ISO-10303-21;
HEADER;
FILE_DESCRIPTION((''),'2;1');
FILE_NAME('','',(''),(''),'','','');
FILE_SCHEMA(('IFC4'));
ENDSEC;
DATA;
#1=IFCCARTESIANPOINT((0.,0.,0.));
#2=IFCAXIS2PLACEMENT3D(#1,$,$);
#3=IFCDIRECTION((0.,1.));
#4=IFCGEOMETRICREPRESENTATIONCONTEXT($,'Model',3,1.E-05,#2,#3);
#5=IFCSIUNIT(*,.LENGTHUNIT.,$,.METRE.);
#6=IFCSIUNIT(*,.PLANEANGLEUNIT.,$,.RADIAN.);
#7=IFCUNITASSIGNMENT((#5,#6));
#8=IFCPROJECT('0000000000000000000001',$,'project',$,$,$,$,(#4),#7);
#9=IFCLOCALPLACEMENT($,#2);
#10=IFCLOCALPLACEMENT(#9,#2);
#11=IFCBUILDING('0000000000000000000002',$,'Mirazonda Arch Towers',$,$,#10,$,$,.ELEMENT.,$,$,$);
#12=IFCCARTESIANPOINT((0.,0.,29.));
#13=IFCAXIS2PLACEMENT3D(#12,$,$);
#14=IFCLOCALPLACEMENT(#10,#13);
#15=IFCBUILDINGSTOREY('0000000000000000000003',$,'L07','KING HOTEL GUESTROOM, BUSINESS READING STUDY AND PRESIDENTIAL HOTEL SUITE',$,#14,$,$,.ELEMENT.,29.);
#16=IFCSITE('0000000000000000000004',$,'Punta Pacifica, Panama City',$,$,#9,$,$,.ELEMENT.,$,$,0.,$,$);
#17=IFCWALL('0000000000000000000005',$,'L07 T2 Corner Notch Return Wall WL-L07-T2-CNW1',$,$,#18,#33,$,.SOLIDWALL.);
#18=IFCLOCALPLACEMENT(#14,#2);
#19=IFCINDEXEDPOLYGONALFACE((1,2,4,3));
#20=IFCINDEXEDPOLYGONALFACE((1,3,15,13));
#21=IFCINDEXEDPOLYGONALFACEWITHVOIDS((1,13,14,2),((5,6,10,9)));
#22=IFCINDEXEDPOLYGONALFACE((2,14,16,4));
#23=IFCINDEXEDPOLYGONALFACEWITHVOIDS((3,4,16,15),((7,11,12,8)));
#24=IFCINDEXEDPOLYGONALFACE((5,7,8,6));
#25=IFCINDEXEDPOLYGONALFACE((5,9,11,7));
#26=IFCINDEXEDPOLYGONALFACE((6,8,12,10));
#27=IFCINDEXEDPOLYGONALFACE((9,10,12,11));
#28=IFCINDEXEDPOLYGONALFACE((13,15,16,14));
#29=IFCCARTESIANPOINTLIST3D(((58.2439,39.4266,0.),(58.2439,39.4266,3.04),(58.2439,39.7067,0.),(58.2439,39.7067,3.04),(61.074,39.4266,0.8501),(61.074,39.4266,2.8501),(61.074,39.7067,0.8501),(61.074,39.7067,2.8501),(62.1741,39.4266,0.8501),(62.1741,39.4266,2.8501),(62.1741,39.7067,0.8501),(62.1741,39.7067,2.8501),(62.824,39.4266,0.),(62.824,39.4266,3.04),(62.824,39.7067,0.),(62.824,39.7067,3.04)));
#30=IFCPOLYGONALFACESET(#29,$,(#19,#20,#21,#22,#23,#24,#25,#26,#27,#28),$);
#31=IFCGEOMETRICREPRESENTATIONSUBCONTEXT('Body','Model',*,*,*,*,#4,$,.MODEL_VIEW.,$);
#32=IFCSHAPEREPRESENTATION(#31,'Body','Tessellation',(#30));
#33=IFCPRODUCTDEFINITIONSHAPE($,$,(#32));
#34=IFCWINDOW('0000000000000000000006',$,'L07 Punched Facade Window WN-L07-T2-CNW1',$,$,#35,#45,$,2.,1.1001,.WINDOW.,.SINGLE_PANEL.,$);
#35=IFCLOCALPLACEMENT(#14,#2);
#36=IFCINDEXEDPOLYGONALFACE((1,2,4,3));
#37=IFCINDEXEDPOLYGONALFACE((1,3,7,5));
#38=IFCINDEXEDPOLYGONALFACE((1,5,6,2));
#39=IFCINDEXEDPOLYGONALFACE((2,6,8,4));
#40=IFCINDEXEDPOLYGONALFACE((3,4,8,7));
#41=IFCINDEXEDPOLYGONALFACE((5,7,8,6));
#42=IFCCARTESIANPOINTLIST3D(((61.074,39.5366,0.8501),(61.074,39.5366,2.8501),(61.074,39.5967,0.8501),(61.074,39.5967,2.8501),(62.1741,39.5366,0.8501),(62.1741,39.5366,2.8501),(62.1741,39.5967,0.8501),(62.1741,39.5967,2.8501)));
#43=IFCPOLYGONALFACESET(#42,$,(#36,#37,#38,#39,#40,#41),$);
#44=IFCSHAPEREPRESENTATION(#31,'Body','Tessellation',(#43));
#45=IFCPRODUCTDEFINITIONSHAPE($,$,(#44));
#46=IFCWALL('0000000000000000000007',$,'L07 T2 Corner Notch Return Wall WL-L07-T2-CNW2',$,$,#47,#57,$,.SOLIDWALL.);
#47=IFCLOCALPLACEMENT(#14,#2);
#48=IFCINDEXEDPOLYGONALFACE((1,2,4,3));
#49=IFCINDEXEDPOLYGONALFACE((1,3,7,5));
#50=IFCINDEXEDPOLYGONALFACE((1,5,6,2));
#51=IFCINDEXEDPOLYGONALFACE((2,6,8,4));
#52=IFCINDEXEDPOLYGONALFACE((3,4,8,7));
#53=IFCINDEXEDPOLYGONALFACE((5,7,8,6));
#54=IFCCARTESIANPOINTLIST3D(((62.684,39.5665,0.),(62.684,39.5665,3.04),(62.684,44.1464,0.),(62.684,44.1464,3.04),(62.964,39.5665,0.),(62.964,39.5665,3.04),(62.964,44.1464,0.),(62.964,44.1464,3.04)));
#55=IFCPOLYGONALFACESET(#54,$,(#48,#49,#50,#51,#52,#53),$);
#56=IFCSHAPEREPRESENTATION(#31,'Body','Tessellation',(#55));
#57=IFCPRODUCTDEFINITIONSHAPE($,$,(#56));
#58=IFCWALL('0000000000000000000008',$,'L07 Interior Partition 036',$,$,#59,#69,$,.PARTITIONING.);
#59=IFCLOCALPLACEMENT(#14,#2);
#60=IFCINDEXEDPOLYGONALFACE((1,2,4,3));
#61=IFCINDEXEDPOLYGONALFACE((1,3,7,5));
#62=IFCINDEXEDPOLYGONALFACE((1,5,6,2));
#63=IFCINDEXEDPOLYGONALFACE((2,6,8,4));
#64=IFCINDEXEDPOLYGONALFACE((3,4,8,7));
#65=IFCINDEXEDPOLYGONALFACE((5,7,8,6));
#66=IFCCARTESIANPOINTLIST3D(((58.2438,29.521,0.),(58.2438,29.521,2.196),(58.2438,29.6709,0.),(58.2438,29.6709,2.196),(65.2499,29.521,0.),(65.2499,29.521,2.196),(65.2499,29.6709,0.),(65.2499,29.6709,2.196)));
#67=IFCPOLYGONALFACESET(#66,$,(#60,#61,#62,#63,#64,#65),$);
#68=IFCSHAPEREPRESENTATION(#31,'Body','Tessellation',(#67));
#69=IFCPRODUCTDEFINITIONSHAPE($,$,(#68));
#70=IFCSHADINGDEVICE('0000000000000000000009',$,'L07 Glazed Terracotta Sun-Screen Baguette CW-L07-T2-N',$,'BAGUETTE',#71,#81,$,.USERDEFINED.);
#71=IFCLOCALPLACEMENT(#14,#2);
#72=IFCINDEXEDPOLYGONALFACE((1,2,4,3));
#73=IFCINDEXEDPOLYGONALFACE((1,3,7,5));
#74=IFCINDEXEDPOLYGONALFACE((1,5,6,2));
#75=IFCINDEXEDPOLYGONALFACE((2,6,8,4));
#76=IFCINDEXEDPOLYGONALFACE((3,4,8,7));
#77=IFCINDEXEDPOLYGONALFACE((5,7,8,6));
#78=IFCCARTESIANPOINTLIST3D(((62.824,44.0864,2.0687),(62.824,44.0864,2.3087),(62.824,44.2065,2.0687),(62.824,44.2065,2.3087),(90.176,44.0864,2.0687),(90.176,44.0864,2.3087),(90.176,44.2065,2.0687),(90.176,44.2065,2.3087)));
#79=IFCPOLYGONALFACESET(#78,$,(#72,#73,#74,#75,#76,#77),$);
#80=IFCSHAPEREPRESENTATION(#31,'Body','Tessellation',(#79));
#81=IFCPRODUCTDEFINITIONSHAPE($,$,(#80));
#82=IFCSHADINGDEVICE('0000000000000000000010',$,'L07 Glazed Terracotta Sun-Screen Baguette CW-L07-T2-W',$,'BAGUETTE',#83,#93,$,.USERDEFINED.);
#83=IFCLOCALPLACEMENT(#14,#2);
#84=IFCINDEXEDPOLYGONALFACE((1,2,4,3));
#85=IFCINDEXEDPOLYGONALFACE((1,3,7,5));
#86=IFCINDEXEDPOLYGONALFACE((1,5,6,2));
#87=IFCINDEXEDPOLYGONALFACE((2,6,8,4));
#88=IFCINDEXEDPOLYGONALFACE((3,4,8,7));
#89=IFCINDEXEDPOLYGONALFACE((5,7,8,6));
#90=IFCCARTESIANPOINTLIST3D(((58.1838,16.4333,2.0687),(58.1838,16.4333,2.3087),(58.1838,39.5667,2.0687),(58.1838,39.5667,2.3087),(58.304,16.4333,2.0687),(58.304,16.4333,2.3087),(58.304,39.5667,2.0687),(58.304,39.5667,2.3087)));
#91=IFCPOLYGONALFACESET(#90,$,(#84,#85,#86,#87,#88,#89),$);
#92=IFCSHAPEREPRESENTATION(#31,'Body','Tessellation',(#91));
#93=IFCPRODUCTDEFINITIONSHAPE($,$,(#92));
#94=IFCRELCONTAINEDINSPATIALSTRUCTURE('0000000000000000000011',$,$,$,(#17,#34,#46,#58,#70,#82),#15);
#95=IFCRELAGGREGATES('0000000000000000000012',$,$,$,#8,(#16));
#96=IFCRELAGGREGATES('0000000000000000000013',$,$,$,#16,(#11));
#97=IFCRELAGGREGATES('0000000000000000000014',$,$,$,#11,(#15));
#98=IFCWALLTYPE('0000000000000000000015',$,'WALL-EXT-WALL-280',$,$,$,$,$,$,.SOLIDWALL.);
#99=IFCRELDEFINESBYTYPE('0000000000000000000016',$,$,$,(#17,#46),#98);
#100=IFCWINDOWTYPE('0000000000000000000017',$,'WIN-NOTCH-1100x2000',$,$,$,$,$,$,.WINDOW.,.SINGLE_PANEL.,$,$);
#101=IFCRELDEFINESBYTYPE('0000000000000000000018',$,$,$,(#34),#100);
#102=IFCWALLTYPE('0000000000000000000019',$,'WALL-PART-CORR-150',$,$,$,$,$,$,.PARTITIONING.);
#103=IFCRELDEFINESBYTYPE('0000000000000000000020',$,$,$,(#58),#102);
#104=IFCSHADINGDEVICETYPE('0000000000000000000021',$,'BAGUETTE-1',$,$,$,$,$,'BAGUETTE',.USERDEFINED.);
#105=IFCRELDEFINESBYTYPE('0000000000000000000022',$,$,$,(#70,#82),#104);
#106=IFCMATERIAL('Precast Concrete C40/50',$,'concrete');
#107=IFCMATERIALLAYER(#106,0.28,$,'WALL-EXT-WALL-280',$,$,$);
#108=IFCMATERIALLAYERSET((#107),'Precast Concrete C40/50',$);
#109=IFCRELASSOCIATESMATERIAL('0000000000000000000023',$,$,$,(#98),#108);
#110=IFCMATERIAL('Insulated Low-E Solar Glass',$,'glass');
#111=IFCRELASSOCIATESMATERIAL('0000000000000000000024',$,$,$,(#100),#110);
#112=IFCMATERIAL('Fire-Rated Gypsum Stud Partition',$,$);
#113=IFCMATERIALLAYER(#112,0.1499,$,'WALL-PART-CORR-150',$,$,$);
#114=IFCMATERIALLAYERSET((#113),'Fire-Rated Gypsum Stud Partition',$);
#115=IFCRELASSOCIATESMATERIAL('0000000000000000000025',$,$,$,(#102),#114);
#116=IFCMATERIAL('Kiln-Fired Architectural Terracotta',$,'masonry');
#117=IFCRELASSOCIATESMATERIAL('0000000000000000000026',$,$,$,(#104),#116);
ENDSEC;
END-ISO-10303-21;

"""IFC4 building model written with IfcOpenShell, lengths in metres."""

from ifc_helpers import new_model, si_unit, direction, frame, frame_2d, origin, origin_2d, place, context, subcontext, project, spatial, rectangle, extrude, material, layer, layer_set, material_profile, profile_set, type_object, element, fill, save


model = new_model("IFC4")

# Units and contexts
model_context = context("Model", 3, precision=1e-05, world=origin(), true_north=direction((0.0, 1.0)))
body_context = subcontext(model_context, "Body", "Model", "MODEL_VIEW")
ifc_project = project(units=[si_unit("LENGTHUNIT", "METRE"), si_unit("PLANEANGLEUNIT", "RADIAN")], contexts=[model_context])

# Site, building, storey
site_placement = place(None, origin())
site = spatial("IfcSite", under=ifc_project, at=site_placement, Name="Punta Pacifica, Panama City", CompositionType="ELEMENT", RefElevation=0.0)
building_placement = place(site_placement, origin())
building = spatial("IfcBuilding", under=site, at=building_placement, Name="Mirazonda Arch Towers", CompositionType="ELEMENT")
storey_placement = place(building_placement, frame((0.0, 0.0, 29.0)))
storey = spatial("IfcBuildingStorey", under=building, at=storey_placement, Name="L07", Description="KING HOTEL GUESTROOM, BUSINESS READING STUDY AND PRESIDENTIAL HOTEL SUITE", CompositionType="ELEMENT", Elevation=29.0)

# Shared definitions
ifc_material_1 = material(Name="Insulated Low-E Solar Glass", Category="glass")

# Wall, opening, window
ifc_material_2 = material(Name="Precast Concrete C40/50", Category="concrete")
ifc_layer_1 = layer(ifc_material_2, 0.28, Name="WALL-EXT-WALL-280")
ifc_layer_set_1 = layer_set([ifc_layer_1], Name="Precast Concrete C40/50")
wall_type_1 = type_object("IfcWallType", Name="WALL-EXT-WALL-280", PredefinedType="SOLIDWALL", material=ifc_layer_set_1)
window_type = type_object("IfcWindowType", Name="WIN-NOTCH-1100x2000", PartitioningType="SINGLE_PANEL", PredefinedType="WINDOW", material=ifc_material_1)
wall_1_placement = place(storey_placement, frame((62.824, 39.5667, 0.0), z_axis=(0.0, 0.0, 1.0), x_axis=(-1.0, 0.0, 0.0)))
wall_1 = element("IfcWall", 1, at=wall_1_placement, inside=storey, type_object=wall_type_1, Name="L07 T2 Corner Notch Return Wall WL-L07-T2-CNW1", PredefinedType="SOLIDWALL", context=body_context, shape_type="SweptSolid", body=[
    extrude(rectangle(XDim=4.5801, YDim=0.28, at=frame_2d((2.29, 0.0))), origin(), (0.0, 0.0, 1.0), 3.04),
])
opening_1_placement = place(wall_1_placement, frame((0.6499, 0.0, 0.8501)))
opening_1 = element("IfcOpeningElement", 2, at=opening_1_placement, cuts=wall_1, PredefinedType="OPENING", context=body_context, shape_type="SweptSolid", body=[
    extrude(rectangle(XDim=1.1001, YDim=2.0, at=frame_2d((0.55, 1.0))), frame((0.0, 0.1499, 0.0), z_axis=(0.0, -1.0, 0.0), x_axis=(1.0, 0.0, 0.0)), (0.0, 0.0, 1.0), 0.3),
])
window_1_placement = place(opening_1_placement, origin())
window_1 = element("IfcWindow", 3, at=window_1_placement, inside=storey, type_object=window_type, Name="L07 Punched Facade Window WN-L07-T2-CNW1", OverallHeight=2.0, OverallWidth=1.1001, PartitioningType="SINGLE_PANEL", PredefinedType="WINDOW", context=body_context, shape_type="SweptSolid", body=[
    extrude(rectangle(XDim=1.1001, YDim=2.0, at=frame_2d((0.55, 1.0))), frame((0.0, 0.03, 0.0), z_axis=(0.0, -1.0, 0.0), x_axis=(1.0, 0.0, 0.0)), (0.0, 0.0, 1.0), 0.0601),
])
fill(opening_1, window_1)

# Walls
wall_2_placement = place(storey_placement, frame((62.824, 44.1465, 0.0), z_axis=(0.0, 0.0, 1.0), x_axis=(0.0, -1.0, 0.0)))
element("IfcWall", 4, at=wall_2_placement, inside=storey, type_object=wall_type_1, Name="L07 T2 Corner Notch Return Wall WL-L07-T2-CNW2", PredefinedType="SOLIDWALL", context=body_context, shape_type="SweptSolid", body=[
    extrude(rectangle(XDim=4.5798, YDim=0.28, at=frame_2d((2.29, 0.0))), origin(), (0.0, 0.0, 1.0), 3.04),
])
ifc_material_3 = material(Name="Fire-Rated Gypsum Stud Partition")
ifc_layer_2 = layer(ifc_material_3, 0.1499, Name="WALL-PART-CORR-150")
ifc_layer_set_2 = layer_set([ifc_layer_2], Name="Fire-Rated Gypsum Stud Partition")
wall_type_2 = type_object("IfcWallType", Name="WALL-PART-CORR-150", PredefinedType="PARTITIONING", material=ifc_layer_set_2)
wall_3_placement = place(storey_placement, frame((58.2439, 29.5959, 0.0), z_axis=(0.0, 0.0, 1.0), x_axis=(1.0, 0.0, 0.0)))
element("IfcWall", 5, at=wall_3_placement, inside=storey, type_object=wall_type_2, Name="L07 Interior Partition 036", PredefinedType="PARTITIONING", context=body_context, shape_type="SweptSolid", body=[
    extrude(rectangle(XDim=7.0061, YDim=0.1499, at=frame_2d((3.5029, 0.0))), origin(), (0.0, 0.0, 1.0), 2.196),
])

# Shading devices
ifc_material_4 = material(Name="Kiln-Fired Architectural Terracotta", Category="masonry")
ifc_material_profile_1 = material_profile(ifc_material_4, rectangle(XDim=0.1201, YDim=0.24, at=origin_2d()), Name="TERRA-BAG-120x240")
ifc_profile_set_1 = profile_set([ifc_material_profile_1], Name="Kiln-Fired Architectural Terracotta")
shading_device_type = type_object("IfcShadingDeviceType", Name="BAGUETTE-1", ElementType="BAGUETTE", PredefinedType="USERDEFINED", material=ifc_profile_set_1)
shading_device_1_placement = place(storey_placement, frame((62.824, 44.1465, 2.1887), z_axis=(1.0, 0.0, 0.0), x_axis=(0.0, 1.0, 0.0)))
element("IfcShadingDevice", 6, at=shading_device_1_placement, inside=storey, type_object=shading_device_type, Name="L07 Glazed Terracotta Sun-Screen Baguette CW-L07-T2-N", ObjectType="BAGUETTE", PredefinedType="USERDEFINED", context=body_context, shape_type="SweptSolid", body=[
    extrude(rectangle(XDim=0.1201, YDim=0.24, at=origin_2d()), origin(), (0.0, 0.0, 1.0), 27.3521),
])
shading_device_2_placement = place(storey_placement, frame((58.2439, 39.5667, 2.1887), z_axis=(0.0, -1.0, 0.0), x_axis=(1.0, 0.0, 0.0)))
element("IfcShadingDevice", 7, at=shading_device_2_placement, inside=storey, type_object=shading_device_type, Name="L07 Glazed Terracotta Sun-Screen Baguette CW-L07-T2-W", ObjectType="BAGUETTE", PredefinedType="USERDEFINED", context=body_context, shape_type="SweptSolid", body=[
    extrude(rectangle(XDim=0.1201, YDim=0.24, at=origin_2d()), origin(), (0.0, 0.0, 1.0), 23.1333),
])

save(model, "model.ifc")
